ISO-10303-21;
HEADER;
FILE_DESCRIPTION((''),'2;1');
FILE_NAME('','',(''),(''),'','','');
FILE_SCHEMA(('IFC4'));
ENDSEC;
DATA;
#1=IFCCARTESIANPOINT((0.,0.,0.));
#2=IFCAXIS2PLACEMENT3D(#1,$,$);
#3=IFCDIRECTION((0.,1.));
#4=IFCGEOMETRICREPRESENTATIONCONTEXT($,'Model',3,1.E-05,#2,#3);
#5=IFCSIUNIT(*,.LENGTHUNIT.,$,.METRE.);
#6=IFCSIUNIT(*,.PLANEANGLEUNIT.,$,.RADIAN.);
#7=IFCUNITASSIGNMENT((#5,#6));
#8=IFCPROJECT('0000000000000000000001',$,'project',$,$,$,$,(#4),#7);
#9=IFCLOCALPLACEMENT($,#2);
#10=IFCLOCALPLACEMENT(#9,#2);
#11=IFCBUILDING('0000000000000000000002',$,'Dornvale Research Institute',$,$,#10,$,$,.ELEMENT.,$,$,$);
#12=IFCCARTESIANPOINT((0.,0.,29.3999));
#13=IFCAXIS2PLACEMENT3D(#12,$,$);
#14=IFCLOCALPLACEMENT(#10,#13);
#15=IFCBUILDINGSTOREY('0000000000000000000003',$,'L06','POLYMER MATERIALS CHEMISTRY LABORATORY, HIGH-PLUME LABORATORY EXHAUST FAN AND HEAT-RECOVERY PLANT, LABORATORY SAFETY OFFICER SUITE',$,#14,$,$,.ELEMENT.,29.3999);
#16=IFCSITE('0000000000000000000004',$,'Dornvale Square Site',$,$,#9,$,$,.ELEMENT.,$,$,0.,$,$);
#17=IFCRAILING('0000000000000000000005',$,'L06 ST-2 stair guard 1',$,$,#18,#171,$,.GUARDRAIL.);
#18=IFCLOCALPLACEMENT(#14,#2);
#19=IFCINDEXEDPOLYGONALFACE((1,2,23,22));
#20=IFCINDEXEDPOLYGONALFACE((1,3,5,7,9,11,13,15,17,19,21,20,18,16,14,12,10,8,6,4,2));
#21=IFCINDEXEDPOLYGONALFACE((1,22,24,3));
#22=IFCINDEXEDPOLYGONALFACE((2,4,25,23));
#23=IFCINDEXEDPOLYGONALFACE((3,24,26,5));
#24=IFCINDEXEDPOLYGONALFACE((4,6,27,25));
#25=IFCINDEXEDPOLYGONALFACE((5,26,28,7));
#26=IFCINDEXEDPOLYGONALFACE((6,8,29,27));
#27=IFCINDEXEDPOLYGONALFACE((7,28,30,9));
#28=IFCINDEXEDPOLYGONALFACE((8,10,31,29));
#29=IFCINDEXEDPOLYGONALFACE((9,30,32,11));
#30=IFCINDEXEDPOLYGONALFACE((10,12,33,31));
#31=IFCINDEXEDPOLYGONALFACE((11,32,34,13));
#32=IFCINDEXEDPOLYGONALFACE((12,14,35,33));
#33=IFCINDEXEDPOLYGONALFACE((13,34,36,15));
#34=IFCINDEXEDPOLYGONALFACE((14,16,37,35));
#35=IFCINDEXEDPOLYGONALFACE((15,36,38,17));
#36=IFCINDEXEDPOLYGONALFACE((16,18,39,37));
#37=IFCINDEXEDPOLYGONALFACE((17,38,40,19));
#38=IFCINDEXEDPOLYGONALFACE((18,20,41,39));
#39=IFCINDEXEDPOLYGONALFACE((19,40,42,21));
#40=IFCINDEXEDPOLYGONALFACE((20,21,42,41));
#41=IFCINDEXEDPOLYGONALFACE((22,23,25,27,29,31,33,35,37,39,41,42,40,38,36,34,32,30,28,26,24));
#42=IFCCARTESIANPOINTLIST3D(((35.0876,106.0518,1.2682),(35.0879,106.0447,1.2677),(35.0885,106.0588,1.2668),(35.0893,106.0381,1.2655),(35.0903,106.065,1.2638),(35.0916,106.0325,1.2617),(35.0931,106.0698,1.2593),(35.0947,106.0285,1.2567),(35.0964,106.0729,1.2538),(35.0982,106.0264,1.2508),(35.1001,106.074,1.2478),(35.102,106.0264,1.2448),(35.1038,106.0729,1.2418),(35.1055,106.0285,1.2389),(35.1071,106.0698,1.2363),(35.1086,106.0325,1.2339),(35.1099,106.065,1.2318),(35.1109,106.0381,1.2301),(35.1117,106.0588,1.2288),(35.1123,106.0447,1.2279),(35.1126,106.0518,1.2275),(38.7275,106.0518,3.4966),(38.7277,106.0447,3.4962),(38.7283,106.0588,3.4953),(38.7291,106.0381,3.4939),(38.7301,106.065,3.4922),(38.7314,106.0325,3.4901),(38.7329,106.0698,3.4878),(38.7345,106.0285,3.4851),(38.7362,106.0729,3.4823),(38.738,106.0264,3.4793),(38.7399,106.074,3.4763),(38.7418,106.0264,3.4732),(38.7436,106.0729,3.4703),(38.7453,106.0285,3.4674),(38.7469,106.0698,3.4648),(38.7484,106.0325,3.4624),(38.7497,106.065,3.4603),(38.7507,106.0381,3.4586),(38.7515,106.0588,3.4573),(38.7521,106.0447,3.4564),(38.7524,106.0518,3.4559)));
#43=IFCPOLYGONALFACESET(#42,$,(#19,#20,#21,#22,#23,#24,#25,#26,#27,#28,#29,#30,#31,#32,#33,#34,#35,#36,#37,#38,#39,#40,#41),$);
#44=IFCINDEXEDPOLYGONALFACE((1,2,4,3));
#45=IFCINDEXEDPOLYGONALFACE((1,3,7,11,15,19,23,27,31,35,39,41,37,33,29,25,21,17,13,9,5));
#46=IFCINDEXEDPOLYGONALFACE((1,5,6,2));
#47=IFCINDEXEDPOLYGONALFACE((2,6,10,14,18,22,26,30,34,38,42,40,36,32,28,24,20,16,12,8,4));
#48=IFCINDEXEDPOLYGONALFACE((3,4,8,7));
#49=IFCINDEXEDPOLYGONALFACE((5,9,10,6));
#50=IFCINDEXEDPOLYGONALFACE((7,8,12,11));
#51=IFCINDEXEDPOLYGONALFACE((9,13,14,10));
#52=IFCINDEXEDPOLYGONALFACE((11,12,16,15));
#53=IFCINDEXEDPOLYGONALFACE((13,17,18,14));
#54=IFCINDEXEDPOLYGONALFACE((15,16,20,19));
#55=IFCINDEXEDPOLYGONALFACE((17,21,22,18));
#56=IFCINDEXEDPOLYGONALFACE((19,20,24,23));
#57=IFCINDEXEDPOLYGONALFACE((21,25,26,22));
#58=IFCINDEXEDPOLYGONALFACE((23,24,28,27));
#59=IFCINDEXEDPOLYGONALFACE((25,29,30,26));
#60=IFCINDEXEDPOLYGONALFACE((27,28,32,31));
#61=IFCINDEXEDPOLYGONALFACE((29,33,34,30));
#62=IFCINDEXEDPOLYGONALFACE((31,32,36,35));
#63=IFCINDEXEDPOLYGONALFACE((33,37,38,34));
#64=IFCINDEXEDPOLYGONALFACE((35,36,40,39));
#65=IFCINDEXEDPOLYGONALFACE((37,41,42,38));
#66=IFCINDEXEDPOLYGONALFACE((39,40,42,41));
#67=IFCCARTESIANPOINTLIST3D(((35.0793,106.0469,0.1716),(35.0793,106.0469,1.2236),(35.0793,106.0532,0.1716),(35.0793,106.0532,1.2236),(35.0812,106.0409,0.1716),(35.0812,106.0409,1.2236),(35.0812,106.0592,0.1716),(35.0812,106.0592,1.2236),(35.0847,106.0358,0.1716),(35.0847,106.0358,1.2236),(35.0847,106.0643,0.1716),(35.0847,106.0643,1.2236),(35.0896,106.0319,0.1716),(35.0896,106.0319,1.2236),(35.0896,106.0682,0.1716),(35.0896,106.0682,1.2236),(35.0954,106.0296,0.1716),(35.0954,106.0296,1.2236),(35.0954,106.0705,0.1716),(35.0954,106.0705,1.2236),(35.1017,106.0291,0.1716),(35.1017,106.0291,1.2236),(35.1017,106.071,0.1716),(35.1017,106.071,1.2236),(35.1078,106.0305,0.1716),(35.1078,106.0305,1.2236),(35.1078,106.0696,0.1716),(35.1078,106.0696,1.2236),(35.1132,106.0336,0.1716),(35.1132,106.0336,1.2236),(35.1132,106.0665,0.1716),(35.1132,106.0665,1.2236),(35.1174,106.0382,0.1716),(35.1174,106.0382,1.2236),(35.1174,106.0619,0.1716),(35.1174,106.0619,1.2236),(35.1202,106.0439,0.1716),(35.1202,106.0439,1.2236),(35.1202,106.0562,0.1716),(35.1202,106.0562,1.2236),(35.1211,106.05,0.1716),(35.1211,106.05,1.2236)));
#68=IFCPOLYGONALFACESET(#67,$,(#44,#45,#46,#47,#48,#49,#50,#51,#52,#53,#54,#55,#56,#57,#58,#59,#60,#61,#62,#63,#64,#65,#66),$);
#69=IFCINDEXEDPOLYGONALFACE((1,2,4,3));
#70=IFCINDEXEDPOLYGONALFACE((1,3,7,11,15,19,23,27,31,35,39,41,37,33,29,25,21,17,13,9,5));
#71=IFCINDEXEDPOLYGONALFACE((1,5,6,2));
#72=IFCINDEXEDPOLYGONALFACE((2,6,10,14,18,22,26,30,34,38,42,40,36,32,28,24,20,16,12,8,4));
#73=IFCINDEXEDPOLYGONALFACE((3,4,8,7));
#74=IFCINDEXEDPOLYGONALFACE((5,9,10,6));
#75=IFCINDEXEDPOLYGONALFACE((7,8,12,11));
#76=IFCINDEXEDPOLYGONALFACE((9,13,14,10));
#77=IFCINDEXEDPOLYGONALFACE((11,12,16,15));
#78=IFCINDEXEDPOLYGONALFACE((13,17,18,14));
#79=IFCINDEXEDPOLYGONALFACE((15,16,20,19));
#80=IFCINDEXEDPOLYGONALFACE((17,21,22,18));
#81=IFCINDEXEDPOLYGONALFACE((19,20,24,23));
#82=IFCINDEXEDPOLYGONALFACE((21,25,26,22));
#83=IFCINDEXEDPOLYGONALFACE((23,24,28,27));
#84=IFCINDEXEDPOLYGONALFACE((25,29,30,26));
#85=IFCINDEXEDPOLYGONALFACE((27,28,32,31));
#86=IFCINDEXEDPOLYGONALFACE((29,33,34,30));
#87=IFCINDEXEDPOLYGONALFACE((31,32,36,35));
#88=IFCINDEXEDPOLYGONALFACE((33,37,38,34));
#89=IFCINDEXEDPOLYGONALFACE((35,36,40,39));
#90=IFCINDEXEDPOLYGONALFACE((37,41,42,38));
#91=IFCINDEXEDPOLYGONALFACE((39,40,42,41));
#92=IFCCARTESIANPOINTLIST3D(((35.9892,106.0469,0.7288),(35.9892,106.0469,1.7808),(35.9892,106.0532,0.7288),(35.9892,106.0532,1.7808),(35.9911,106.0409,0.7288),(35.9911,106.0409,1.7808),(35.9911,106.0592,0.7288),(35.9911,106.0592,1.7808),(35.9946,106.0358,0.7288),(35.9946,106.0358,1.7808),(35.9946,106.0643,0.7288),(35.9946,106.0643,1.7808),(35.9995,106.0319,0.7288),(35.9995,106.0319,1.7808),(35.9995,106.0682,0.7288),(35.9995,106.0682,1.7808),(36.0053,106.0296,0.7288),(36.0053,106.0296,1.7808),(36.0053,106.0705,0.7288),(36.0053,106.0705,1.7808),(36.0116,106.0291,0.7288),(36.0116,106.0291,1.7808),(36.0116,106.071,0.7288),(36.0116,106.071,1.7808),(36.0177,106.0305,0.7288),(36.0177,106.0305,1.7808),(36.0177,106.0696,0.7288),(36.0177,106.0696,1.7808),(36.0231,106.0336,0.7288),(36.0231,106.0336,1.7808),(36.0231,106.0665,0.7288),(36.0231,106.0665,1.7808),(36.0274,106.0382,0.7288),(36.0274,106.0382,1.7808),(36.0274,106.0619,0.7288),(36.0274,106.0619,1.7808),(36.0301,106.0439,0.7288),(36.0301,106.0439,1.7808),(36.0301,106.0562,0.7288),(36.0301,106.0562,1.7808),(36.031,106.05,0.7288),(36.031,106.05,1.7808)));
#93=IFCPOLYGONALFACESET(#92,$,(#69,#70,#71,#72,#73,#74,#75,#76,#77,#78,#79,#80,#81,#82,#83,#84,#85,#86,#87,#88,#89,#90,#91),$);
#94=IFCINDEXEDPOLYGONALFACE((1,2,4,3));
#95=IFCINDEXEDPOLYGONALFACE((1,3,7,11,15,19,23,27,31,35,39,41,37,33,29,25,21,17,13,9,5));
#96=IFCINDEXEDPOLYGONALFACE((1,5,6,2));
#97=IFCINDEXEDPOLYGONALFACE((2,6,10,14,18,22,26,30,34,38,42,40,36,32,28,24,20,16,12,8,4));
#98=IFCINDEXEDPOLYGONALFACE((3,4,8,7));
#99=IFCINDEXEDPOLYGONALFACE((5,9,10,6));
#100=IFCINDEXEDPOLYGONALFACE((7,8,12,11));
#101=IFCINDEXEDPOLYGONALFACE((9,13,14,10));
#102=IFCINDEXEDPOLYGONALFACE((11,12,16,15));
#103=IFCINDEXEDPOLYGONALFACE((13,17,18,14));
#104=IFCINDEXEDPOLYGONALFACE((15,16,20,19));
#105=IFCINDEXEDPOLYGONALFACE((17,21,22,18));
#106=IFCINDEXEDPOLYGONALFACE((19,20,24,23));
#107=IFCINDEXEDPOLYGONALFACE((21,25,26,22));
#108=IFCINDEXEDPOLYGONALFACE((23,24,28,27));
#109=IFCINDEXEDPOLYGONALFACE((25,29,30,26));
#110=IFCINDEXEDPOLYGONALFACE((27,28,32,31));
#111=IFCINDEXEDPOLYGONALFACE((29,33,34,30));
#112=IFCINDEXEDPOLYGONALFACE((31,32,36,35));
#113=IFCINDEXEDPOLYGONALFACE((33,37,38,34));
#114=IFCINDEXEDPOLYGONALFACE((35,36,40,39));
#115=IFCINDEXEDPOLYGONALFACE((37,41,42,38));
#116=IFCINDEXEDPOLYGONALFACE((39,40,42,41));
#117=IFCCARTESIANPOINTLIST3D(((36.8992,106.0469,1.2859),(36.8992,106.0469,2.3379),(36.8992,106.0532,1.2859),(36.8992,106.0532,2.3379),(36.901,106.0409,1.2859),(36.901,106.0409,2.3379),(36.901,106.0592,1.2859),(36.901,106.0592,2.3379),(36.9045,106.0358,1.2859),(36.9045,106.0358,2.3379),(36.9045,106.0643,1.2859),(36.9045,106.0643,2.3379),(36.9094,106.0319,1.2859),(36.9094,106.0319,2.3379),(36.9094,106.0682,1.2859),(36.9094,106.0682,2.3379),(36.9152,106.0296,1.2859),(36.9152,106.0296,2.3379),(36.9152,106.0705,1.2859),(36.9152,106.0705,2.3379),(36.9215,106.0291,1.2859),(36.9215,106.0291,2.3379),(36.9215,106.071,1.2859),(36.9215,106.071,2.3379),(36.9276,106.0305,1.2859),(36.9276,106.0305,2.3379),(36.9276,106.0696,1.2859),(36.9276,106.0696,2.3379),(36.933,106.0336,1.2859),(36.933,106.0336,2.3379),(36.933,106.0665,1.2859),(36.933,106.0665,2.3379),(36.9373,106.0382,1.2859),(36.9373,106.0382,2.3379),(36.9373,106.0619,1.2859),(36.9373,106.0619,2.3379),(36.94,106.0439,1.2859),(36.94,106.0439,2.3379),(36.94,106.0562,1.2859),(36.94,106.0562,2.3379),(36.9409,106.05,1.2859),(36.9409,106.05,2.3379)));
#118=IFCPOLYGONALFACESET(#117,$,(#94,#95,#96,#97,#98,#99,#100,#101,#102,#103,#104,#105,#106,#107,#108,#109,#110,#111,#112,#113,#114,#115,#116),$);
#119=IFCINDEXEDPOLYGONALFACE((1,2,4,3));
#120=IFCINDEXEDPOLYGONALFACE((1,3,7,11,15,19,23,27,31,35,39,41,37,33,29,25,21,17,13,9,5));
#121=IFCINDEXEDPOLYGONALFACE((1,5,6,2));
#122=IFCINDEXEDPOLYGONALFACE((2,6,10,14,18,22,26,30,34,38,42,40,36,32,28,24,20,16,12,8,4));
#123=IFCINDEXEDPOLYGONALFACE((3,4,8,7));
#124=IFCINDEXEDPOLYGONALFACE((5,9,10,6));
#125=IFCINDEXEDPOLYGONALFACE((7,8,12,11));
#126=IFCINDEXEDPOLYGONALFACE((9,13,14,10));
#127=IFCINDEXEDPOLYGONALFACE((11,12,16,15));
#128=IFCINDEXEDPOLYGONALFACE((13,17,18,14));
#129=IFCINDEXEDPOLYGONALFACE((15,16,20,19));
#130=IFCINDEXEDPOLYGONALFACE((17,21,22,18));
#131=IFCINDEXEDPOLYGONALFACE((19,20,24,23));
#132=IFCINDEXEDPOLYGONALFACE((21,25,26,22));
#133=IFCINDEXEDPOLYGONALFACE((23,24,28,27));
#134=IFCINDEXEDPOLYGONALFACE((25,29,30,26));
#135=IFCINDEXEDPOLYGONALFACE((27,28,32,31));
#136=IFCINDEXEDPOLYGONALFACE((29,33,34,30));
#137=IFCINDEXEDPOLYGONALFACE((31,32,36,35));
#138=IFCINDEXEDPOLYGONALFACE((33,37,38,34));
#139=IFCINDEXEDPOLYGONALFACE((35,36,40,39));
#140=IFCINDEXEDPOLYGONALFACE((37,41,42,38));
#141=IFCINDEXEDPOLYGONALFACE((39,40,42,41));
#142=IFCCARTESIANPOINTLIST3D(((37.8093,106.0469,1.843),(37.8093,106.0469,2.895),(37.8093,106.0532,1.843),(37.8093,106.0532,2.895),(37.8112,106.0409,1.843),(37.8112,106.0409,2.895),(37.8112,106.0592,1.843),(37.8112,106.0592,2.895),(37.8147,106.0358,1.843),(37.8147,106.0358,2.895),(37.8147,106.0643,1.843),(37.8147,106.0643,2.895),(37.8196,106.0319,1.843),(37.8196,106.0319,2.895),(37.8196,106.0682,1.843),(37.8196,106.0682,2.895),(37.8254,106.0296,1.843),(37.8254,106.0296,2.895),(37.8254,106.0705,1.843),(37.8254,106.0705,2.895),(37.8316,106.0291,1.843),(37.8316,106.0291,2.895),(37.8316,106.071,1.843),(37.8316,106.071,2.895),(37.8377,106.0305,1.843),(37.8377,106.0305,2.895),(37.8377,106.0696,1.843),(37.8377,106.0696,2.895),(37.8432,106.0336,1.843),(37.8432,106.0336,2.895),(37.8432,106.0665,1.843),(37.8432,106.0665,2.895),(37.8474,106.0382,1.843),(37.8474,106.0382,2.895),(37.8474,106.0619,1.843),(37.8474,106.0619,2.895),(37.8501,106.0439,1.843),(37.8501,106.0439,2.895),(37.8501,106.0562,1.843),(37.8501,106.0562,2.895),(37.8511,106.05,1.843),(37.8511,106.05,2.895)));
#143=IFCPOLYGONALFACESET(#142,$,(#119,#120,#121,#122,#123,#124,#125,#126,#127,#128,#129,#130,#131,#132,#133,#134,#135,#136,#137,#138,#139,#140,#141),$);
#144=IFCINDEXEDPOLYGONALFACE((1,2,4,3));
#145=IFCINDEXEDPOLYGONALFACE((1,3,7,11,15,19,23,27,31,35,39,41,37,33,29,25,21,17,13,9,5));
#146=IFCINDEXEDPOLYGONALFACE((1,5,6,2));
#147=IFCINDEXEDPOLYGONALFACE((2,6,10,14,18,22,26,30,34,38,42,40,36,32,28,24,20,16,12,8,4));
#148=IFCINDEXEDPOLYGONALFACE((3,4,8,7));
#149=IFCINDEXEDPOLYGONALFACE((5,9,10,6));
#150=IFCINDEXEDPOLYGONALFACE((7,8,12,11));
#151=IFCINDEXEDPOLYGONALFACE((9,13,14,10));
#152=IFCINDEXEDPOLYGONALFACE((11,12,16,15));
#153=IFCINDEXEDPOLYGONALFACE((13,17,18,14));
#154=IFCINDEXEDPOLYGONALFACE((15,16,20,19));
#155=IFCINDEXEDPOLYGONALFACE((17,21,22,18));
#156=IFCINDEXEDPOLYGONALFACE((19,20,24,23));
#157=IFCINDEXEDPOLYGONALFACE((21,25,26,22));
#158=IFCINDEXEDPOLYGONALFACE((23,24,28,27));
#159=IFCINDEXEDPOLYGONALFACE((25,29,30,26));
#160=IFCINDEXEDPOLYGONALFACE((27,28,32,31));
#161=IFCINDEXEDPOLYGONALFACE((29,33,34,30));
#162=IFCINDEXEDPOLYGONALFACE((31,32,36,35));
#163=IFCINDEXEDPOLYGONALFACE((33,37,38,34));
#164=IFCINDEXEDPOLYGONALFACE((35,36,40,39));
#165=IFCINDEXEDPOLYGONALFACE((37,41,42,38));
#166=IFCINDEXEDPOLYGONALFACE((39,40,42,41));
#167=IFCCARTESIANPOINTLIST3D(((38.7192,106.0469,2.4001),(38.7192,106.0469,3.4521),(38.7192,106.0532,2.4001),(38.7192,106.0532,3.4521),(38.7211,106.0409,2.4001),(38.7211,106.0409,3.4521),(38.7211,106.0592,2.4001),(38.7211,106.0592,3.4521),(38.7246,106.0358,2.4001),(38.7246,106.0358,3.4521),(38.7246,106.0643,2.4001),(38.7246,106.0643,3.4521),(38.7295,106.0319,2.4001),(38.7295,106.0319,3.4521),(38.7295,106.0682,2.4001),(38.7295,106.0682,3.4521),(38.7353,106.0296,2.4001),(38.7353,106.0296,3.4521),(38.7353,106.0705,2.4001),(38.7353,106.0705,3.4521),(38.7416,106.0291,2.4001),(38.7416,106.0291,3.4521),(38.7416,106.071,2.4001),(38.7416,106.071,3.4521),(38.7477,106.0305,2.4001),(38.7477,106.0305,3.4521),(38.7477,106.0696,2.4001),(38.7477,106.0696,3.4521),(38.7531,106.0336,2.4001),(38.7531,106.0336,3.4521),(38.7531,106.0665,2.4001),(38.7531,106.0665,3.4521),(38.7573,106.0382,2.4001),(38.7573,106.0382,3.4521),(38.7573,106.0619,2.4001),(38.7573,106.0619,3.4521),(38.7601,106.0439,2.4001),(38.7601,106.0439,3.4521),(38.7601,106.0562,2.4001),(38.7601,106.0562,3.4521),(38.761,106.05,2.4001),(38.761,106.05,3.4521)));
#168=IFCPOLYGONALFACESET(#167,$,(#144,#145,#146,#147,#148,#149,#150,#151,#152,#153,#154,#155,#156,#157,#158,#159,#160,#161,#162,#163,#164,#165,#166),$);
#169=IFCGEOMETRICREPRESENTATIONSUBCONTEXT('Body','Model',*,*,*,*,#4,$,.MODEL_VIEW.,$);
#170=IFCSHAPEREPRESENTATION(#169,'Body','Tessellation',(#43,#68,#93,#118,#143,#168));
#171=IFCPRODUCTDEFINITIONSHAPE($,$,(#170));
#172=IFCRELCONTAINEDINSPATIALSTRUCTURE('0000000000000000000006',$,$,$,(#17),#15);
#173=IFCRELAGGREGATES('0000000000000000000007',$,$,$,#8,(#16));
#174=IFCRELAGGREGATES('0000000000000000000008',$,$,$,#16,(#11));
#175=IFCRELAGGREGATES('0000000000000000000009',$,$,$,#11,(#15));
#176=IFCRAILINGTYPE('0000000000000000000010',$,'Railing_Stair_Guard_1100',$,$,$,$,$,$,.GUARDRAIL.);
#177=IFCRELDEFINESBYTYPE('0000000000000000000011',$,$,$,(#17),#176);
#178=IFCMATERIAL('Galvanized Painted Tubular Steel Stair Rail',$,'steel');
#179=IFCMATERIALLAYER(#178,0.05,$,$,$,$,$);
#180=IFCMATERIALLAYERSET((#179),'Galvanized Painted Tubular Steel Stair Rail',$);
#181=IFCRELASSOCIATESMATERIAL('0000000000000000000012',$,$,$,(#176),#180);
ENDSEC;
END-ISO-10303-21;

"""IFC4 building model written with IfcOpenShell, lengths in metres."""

from ifc_helpers import new_model, si_unit, direction, frame, origin, origin_2d, place, context, subcontext, project, spatial, circle, extrude, material, layer, layer_set, type_object, element, save


model = new_model("IFC4")

# Units and contexts
model_context = context("Model", 3, precision=1e-05, world=origin(), true_north=direction((0.0, 1.0)))
body_context = subcontext(model_context, "Body", "Model", "MODEL_VIEW")
ifc_project = project(units=[si_unit("LENGTHUNIT", "METRE"), si_unit("PLANEANGLEUNIT", "RADIAN")], contexts=[model_context])

# Site, building, storey
site_placement = place(None, origin())
site = spatial("IfcSite", under=ifc_project, at=site_placement, Name="Dornvale Square Site", CompositionType="ELEMENT", RefElevation=0.0)
building_placement = place(site_placement, origin())
building = spatial("IfcBuilding", under=site, at=building_placement, Name="Dornvale Research Institute", CompositionType="ELEMENT")
storey_placement = place(building_placement, frame((0.0, 0.0, 29.3999)))
storey = spatial("IfcBuildingStorey", under=building, at=storey_placement, Name="L06", Description="POLYMER MATERIALS CHEMISTRY LABORATORY, HIGH-PLUME LABORATORY EXHAUST FAN AND HEAT-RECOVERY PLANT, LABORATORY SAFETY OFFICER SUITE", CompositionType="ELEMENT", Elevation=29.3999)

# Railing
ifc_material_1 = material(Name="Galvanized Painted Tubular Steel Stair Rail", Category="steel")
ifc_layer_1 = layer(ifc_material_1, 0.05)
ifc_layer_set_1 = layer_set([ifc_layer_1], Name="Galvanized Painted Tubular Steel Stair Rail")
railing_type_1 = type_object("IfcRailingType", Name="Railing_Stair_Guard_1100", PredefinedType="GUARDRAIL", material=ifc_layer_set_1)
railing_1_placement = place(storey_placement, frame((35.1001, 106.05, 0.1716)))
element("IfcRailing", 1, at=railing_1_placement, inside=storey, type_object=railing_type_1, Name="L06 ST-2 stair guard 1", PredefinedType="GUARDRAIL", context=body_context, shape_type="SweptSolid", body=[
    extrude(circle(Radius=0.0239, at=origin_2d()), frame((0.0, 0.0, 1.0762), z_axis=(0.85285, 0.0, 0.522156), x_axis=(0.0, 1.0, 0.0)), (0.0, 0.0, 1.0), 4.2678),
    extrude(circle(Radius=0.021, at=origin_2d()), origin(), (0.0, 0.0, 1.0), 1.052),
    extrude(circle(Radius=0.021, at=origin_2d()), frame((0.9099, 0.0, 0.5571)), (0.0, 0.0, 1.0), 1.052),
    extrude(circle(Radius=0.021, at=origin_2d()), frame((1.8198, 0.0, 1.1143)), (0.0, 0.0, 1.0), 1.052),
    extrude(circle(Radius=0.021, at=origin_2d()), frame((2.73, 0.0, 1.6714)), (0.0, 0.0, 1.0), 1.052),
    extrude(circle(Radius=0.021, at=origin_2d()), frame((3.6399, 0.0, 2.2285)), (0.0, 0.0, 1.0), 1.052),
])

save(model, "model.ifc")
